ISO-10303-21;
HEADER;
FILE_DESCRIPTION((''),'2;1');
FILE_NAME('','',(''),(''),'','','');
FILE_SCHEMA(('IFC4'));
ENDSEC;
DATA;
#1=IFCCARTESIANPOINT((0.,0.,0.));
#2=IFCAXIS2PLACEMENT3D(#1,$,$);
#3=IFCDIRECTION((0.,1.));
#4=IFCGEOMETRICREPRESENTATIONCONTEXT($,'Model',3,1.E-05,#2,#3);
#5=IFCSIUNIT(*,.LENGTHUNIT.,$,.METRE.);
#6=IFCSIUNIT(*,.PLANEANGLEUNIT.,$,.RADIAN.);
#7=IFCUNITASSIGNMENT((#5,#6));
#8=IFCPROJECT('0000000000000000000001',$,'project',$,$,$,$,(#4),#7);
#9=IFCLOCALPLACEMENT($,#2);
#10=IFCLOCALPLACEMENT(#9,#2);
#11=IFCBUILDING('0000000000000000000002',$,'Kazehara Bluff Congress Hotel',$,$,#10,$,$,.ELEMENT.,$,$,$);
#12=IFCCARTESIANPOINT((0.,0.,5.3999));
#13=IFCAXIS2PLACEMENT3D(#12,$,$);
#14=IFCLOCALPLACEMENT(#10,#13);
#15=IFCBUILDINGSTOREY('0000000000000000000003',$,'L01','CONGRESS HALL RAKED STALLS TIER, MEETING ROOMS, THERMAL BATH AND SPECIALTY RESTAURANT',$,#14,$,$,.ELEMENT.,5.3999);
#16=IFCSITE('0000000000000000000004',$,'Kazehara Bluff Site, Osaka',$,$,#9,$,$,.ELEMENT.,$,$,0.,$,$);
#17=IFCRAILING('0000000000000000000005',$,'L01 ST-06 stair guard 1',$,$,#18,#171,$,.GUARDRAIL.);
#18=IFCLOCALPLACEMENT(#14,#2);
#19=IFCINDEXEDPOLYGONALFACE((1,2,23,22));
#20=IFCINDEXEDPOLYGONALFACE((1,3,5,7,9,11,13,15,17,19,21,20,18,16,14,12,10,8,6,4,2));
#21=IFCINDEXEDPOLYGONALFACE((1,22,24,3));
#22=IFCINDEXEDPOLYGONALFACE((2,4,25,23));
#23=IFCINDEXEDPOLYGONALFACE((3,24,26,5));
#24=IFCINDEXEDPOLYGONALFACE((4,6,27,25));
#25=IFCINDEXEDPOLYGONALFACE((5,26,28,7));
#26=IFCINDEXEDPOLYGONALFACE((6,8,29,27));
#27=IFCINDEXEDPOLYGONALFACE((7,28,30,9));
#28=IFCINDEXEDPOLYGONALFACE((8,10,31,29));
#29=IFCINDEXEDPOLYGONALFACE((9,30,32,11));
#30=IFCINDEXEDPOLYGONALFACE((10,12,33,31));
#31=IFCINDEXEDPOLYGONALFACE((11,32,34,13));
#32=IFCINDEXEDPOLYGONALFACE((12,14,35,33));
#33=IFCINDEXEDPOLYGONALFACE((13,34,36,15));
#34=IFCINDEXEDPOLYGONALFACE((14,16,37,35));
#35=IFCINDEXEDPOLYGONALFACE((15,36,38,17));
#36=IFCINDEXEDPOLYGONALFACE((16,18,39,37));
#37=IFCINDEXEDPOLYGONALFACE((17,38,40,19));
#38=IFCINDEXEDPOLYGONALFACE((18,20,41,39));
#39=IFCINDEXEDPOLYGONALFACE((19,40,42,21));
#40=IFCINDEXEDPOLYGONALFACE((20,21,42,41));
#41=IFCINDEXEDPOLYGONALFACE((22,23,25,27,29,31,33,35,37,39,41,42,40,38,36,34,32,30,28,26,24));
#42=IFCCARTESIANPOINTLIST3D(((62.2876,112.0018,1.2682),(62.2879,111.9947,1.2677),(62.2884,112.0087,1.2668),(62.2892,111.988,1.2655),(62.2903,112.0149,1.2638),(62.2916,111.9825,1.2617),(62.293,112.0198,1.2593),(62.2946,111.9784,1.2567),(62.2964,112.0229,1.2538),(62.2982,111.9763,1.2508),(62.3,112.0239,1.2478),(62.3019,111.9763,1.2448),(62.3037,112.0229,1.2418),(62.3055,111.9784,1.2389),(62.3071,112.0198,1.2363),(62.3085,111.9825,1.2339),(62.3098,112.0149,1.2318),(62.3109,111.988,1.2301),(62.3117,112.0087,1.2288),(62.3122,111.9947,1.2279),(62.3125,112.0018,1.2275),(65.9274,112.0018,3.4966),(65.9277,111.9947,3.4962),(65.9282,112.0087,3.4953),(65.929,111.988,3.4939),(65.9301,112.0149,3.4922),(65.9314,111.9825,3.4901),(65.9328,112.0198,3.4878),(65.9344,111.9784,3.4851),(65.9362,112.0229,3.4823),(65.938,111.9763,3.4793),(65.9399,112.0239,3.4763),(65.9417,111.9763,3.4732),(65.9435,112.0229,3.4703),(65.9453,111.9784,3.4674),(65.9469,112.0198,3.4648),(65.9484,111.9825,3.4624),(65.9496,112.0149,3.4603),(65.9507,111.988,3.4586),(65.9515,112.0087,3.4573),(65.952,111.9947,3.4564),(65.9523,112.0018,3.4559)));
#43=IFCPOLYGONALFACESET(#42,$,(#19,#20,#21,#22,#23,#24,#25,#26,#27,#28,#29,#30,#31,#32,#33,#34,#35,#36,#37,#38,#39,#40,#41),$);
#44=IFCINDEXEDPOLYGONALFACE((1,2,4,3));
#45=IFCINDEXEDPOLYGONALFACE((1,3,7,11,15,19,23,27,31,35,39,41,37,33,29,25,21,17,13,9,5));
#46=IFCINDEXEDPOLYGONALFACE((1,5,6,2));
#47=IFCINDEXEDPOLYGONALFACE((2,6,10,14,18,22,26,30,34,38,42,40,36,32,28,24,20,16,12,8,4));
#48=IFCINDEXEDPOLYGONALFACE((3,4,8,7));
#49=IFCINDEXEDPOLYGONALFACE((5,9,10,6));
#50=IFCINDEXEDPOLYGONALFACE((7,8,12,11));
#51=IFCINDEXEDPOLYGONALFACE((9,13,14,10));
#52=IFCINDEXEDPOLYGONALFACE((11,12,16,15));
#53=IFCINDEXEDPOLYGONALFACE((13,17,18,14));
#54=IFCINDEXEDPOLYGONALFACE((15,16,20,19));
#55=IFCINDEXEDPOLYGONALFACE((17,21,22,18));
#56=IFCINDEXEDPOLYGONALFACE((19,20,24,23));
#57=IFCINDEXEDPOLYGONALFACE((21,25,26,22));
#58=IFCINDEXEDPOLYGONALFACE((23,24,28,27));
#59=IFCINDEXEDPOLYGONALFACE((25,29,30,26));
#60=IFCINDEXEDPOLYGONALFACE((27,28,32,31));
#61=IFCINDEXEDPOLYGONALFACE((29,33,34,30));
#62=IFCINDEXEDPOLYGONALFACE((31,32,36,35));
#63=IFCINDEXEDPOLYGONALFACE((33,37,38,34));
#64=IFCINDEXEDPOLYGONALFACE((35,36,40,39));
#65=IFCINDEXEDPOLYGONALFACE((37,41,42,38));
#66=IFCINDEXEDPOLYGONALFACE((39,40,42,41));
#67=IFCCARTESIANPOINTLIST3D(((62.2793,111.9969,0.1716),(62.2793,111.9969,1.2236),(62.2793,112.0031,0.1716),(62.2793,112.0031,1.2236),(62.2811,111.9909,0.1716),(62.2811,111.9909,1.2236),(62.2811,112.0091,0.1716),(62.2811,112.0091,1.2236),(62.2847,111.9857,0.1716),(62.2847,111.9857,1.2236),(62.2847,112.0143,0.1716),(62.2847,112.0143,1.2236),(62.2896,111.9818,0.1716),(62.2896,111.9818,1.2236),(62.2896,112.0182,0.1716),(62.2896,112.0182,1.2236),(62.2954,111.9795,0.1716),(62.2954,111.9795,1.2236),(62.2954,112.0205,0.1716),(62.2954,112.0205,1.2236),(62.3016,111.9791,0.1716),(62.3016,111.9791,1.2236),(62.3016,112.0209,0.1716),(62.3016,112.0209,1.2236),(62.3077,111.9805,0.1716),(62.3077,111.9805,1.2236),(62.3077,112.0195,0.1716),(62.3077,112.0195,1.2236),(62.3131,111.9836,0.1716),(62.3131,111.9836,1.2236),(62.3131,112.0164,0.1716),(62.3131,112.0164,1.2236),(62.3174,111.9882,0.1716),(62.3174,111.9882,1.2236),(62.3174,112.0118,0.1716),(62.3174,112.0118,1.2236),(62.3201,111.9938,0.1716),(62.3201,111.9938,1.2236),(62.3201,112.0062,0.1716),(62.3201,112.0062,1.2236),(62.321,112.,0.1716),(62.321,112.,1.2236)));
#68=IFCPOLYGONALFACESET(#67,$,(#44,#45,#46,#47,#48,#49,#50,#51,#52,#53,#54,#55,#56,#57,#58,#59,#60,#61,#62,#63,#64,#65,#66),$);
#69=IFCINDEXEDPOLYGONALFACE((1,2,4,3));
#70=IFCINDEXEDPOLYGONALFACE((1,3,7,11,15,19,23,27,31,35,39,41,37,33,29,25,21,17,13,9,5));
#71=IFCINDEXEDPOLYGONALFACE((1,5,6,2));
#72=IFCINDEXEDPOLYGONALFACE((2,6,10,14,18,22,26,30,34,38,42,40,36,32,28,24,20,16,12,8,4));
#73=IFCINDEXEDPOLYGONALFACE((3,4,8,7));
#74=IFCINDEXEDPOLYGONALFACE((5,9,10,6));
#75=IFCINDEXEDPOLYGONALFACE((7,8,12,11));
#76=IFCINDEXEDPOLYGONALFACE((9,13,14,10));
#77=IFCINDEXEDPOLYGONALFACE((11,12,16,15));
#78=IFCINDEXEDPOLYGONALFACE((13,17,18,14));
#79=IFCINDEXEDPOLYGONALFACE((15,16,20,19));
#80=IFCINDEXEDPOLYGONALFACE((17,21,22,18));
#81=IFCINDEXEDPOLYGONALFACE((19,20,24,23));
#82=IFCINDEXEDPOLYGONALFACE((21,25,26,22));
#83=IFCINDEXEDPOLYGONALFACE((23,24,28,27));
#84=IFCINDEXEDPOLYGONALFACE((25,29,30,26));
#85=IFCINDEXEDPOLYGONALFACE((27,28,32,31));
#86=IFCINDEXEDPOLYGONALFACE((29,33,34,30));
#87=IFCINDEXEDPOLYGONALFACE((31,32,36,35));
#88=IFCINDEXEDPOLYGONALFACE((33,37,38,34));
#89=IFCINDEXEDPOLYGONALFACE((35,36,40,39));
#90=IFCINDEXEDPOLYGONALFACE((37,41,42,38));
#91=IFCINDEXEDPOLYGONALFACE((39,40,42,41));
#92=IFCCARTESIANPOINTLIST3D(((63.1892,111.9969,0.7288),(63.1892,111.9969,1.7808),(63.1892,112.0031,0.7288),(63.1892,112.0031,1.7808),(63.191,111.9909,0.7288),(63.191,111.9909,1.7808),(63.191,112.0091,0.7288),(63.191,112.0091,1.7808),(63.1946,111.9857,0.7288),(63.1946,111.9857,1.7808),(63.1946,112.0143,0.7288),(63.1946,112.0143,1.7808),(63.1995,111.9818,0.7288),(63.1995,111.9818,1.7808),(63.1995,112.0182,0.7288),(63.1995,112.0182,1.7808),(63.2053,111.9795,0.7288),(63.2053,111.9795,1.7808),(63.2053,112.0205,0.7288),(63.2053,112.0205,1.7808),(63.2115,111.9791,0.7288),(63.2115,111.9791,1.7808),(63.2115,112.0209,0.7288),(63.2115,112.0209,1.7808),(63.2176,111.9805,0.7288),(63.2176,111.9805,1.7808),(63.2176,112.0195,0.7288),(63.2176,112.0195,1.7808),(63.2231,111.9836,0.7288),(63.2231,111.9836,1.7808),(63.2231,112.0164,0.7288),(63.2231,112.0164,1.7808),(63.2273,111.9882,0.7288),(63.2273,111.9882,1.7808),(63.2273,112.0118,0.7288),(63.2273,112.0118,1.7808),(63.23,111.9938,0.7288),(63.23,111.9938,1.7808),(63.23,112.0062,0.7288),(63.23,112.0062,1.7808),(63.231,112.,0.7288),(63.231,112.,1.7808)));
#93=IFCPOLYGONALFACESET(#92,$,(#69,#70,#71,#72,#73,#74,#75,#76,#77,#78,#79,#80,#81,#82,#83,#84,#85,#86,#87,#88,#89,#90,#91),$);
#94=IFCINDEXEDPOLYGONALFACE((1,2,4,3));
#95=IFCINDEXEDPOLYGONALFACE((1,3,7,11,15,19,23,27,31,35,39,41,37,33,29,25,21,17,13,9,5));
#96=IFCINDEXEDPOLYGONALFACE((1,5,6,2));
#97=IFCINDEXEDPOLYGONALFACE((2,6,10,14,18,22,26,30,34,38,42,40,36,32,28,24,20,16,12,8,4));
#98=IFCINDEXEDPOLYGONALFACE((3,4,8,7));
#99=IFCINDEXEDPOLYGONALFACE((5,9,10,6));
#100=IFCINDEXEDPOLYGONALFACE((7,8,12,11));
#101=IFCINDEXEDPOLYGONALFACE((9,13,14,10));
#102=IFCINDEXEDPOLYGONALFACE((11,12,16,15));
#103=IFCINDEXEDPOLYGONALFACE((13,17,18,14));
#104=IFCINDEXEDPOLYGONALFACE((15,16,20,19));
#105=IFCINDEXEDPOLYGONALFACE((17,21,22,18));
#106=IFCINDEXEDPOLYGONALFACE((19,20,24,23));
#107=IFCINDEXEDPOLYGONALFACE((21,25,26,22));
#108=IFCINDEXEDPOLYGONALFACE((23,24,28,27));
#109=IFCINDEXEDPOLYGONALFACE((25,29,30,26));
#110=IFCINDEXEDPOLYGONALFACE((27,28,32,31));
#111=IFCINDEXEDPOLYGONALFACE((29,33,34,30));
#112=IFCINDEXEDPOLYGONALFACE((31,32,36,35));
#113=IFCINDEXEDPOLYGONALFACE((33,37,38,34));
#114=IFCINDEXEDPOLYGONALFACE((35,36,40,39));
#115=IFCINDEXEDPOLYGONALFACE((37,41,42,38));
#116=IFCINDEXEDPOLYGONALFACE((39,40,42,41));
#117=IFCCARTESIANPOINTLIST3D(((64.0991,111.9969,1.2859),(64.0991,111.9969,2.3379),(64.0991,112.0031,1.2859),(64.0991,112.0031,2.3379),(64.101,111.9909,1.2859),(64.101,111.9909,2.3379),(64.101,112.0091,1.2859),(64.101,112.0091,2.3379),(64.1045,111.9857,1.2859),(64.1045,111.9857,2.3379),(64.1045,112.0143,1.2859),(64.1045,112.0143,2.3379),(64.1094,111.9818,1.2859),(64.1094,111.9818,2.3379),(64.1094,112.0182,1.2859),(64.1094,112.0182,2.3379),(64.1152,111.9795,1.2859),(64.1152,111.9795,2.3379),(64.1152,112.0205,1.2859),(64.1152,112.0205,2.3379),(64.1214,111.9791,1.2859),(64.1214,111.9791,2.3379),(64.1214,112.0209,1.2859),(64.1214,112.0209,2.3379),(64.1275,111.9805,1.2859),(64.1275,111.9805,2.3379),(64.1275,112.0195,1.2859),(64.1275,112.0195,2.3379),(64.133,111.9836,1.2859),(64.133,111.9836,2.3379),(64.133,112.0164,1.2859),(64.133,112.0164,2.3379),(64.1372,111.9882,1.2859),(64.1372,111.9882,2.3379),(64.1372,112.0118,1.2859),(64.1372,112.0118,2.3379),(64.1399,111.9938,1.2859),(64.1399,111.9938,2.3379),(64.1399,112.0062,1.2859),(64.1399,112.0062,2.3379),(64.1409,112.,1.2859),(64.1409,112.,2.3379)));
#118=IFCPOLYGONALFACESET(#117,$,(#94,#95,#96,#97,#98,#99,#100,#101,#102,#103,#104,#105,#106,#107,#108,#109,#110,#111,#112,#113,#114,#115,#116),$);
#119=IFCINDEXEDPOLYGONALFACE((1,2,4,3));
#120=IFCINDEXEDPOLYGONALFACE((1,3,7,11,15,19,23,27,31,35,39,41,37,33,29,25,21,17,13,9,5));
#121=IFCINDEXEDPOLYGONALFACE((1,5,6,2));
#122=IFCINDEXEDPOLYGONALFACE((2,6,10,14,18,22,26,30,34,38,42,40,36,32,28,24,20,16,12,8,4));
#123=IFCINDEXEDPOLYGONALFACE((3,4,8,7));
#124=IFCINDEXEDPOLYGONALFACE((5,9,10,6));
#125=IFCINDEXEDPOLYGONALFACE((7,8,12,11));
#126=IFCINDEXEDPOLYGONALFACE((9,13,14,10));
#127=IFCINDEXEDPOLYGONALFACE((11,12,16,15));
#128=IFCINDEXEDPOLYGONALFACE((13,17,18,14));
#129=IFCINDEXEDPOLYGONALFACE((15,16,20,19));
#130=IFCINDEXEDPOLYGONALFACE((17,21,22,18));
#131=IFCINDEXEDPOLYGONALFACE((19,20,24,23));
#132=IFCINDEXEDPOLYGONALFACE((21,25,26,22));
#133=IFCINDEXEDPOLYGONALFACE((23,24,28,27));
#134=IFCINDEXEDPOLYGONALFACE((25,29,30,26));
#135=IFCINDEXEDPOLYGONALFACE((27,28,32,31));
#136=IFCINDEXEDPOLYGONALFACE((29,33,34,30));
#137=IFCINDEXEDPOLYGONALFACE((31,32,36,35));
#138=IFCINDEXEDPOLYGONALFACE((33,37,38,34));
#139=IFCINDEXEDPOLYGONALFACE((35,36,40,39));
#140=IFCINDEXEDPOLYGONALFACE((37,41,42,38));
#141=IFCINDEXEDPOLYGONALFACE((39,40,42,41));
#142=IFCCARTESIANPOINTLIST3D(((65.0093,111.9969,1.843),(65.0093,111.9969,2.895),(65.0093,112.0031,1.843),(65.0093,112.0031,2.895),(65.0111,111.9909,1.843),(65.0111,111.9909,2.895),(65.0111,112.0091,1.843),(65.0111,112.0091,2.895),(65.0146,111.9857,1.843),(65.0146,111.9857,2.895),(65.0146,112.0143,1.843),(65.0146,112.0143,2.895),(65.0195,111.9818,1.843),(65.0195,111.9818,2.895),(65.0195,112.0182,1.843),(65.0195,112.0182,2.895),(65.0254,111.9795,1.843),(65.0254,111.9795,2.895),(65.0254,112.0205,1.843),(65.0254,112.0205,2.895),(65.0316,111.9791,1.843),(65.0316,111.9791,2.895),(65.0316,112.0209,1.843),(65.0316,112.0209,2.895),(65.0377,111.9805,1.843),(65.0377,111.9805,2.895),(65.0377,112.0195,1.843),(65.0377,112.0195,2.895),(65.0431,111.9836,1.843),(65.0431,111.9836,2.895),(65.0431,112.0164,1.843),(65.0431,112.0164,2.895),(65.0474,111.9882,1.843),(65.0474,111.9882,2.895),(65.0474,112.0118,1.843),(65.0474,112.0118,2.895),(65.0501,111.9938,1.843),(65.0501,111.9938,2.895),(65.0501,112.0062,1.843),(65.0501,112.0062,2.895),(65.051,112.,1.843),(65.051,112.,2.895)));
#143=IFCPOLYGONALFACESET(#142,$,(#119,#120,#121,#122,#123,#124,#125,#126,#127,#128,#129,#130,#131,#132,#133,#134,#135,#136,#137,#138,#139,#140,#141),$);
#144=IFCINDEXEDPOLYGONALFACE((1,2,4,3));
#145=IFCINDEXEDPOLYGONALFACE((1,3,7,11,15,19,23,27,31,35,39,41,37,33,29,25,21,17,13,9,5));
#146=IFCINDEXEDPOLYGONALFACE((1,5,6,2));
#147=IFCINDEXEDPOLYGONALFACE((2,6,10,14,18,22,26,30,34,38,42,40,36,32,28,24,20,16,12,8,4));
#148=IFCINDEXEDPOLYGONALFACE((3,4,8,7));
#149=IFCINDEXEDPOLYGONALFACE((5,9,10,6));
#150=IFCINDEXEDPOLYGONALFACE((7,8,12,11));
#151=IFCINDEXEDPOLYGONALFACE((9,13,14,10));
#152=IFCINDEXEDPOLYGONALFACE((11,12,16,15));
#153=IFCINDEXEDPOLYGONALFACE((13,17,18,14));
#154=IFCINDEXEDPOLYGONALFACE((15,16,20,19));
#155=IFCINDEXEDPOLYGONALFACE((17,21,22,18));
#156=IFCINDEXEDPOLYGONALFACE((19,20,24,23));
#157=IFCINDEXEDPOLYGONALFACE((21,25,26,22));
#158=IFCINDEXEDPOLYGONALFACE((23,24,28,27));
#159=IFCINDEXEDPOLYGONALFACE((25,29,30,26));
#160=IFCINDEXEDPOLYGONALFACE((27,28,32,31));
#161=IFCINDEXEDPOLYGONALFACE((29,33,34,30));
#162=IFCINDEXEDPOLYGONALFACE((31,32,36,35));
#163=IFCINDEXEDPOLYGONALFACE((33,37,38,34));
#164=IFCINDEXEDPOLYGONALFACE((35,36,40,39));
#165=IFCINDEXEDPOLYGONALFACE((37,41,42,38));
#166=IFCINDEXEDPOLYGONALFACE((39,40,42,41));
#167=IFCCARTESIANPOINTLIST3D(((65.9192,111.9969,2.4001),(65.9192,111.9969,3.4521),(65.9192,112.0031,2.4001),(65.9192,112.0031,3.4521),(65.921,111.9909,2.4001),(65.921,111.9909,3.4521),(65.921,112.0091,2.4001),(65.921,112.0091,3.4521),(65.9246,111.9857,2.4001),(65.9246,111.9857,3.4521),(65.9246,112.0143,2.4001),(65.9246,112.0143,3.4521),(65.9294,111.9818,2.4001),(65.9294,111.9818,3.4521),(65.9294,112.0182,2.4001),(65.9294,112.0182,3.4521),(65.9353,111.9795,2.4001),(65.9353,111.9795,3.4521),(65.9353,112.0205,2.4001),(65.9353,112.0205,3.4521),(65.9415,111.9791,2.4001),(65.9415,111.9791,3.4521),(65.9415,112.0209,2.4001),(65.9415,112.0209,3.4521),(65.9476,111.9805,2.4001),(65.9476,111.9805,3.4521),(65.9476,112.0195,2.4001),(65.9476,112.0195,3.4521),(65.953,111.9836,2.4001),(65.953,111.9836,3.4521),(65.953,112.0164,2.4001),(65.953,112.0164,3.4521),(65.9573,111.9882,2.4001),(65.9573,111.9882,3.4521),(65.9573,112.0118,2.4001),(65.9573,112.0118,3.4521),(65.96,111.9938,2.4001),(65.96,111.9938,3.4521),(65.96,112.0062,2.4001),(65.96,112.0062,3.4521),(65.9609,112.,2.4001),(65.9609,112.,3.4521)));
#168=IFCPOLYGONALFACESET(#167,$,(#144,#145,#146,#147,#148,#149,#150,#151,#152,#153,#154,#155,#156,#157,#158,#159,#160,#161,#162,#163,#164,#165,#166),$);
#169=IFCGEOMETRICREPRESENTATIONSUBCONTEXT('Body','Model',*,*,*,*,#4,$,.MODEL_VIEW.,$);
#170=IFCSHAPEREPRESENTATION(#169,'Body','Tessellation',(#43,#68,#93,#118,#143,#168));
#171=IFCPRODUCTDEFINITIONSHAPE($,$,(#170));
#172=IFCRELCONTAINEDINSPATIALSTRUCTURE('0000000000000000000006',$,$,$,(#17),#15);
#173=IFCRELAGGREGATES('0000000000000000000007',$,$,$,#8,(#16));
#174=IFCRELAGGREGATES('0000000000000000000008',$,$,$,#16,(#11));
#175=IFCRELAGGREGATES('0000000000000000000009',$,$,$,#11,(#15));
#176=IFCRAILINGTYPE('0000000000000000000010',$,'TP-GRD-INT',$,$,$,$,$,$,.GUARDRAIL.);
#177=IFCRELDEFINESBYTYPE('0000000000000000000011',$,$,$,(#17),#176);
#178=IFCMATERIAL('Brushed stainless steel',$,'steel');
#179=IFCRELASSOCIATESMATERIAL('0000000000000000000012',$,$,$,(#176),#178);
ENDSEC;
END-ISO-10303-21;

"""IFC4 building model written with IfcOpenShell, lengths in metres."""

from ifc_helpers import new_model, si_unit, direction, frame, origin, origin_2d, place, context, subcontext, project, spatial, circle, extrude, material, type_object, element, save


model = new_model("IFC4")

# Units and contexts
model_context = context("Model", 3, precision=1e-05, world=origin(), true_north=direction((0.0, 1.0)))
body_context = subcontext(model_context, "Body", "Model", "MODEL_VIEW")
ifc_project = project(units=[si_unit("LENGTHUNIT", "METRE"), si_unit("PLANEANGLEUNIT", "RADIAN")], contexts=[model_context])

# Site, building, storey
site_placement = place(None, origin())
site = spatial("IfcSite", under=ifc_project, at=site_placement, Name="Kazehara Bluff Site, Osaka", CompositionType="ELEMENT", RefElevation=0.0)
building_placement = place(site_placement, origin())
building = spatial("IfcBuilding", under=site, at=building_placement, Name="Kazehara Bluff Congress Hotel", CompositionType="ELEMENT")
storey_placement = place(building_placement, frame((0.0, 0.0, 5.3999)))
storey = spatial("IfcBuildingStorey", under=building, at=storey_placement, Name="L01", Description="CONGRESS HALL RAKED STALLS TIER, MEETING ROOMS, THERMAL BATH AND SPECIALTY RESTAURANT", CompositionType="ELEMENT", Elevation=5.3999)

# Railing
ifc_material_1 = material(Name="Brushed stainless steel", Category="steel")
railing_type_1 = type_object("IfcRailingType", Name="TP-GRD-INT", PredefinedType="GUARDRAIL", material=ifc_material_1)
railing_1_placement = place(storey_placement, frame((62.3, 112.0, 0.1716)))
element("IfcRailing", 1, at=railing_1_placement, inside=storey, type_object=railing_type_1, Name="L01 ST-06 stair guard 1", PredefinedType="GUARDRAIL", context=body_context, shape_type="SweptSolid", body=[
    extrude(circle(Radius=0.0239, at=origin_2d()), frame((0.0, 0.0, 1.0762), z_axis=(0.85285, 0.0, 0.522156), x_axis=(0.0, 1.0, 0.0)), (0.0, 0.0, 1.0), 4.2678),
    extrude(circle(Radius=0.021, at=origin_2d()), origin(), (0.0, 0.0, 1.0), 1.052),
    extrude(circle(Radius=0.021, at=origin_2d()), frame((0.9099, 0.0, 0.5571)), (0.0, 0.0, 1.0), 1.052),
    extrude(circle(Radius=0.021, at=origin_2d()), frame((1.8198, 0.0, 1.1143)), (0.0, 0.0, 1.0), 1.052),
    extrude(circle(Radius=0.021, at=origin_2d()), frame((2.73, 0.0, 1.6714)), (0.0, 0.0, 1.0), 1.052),
    extrude(circle(Radius=0.021, at=origin_2d()), frame((3.6399, 0.0, 2.2285)), (0.0, 0.0, 1.0), 1.052),
])

save(model, "model.ifc")
